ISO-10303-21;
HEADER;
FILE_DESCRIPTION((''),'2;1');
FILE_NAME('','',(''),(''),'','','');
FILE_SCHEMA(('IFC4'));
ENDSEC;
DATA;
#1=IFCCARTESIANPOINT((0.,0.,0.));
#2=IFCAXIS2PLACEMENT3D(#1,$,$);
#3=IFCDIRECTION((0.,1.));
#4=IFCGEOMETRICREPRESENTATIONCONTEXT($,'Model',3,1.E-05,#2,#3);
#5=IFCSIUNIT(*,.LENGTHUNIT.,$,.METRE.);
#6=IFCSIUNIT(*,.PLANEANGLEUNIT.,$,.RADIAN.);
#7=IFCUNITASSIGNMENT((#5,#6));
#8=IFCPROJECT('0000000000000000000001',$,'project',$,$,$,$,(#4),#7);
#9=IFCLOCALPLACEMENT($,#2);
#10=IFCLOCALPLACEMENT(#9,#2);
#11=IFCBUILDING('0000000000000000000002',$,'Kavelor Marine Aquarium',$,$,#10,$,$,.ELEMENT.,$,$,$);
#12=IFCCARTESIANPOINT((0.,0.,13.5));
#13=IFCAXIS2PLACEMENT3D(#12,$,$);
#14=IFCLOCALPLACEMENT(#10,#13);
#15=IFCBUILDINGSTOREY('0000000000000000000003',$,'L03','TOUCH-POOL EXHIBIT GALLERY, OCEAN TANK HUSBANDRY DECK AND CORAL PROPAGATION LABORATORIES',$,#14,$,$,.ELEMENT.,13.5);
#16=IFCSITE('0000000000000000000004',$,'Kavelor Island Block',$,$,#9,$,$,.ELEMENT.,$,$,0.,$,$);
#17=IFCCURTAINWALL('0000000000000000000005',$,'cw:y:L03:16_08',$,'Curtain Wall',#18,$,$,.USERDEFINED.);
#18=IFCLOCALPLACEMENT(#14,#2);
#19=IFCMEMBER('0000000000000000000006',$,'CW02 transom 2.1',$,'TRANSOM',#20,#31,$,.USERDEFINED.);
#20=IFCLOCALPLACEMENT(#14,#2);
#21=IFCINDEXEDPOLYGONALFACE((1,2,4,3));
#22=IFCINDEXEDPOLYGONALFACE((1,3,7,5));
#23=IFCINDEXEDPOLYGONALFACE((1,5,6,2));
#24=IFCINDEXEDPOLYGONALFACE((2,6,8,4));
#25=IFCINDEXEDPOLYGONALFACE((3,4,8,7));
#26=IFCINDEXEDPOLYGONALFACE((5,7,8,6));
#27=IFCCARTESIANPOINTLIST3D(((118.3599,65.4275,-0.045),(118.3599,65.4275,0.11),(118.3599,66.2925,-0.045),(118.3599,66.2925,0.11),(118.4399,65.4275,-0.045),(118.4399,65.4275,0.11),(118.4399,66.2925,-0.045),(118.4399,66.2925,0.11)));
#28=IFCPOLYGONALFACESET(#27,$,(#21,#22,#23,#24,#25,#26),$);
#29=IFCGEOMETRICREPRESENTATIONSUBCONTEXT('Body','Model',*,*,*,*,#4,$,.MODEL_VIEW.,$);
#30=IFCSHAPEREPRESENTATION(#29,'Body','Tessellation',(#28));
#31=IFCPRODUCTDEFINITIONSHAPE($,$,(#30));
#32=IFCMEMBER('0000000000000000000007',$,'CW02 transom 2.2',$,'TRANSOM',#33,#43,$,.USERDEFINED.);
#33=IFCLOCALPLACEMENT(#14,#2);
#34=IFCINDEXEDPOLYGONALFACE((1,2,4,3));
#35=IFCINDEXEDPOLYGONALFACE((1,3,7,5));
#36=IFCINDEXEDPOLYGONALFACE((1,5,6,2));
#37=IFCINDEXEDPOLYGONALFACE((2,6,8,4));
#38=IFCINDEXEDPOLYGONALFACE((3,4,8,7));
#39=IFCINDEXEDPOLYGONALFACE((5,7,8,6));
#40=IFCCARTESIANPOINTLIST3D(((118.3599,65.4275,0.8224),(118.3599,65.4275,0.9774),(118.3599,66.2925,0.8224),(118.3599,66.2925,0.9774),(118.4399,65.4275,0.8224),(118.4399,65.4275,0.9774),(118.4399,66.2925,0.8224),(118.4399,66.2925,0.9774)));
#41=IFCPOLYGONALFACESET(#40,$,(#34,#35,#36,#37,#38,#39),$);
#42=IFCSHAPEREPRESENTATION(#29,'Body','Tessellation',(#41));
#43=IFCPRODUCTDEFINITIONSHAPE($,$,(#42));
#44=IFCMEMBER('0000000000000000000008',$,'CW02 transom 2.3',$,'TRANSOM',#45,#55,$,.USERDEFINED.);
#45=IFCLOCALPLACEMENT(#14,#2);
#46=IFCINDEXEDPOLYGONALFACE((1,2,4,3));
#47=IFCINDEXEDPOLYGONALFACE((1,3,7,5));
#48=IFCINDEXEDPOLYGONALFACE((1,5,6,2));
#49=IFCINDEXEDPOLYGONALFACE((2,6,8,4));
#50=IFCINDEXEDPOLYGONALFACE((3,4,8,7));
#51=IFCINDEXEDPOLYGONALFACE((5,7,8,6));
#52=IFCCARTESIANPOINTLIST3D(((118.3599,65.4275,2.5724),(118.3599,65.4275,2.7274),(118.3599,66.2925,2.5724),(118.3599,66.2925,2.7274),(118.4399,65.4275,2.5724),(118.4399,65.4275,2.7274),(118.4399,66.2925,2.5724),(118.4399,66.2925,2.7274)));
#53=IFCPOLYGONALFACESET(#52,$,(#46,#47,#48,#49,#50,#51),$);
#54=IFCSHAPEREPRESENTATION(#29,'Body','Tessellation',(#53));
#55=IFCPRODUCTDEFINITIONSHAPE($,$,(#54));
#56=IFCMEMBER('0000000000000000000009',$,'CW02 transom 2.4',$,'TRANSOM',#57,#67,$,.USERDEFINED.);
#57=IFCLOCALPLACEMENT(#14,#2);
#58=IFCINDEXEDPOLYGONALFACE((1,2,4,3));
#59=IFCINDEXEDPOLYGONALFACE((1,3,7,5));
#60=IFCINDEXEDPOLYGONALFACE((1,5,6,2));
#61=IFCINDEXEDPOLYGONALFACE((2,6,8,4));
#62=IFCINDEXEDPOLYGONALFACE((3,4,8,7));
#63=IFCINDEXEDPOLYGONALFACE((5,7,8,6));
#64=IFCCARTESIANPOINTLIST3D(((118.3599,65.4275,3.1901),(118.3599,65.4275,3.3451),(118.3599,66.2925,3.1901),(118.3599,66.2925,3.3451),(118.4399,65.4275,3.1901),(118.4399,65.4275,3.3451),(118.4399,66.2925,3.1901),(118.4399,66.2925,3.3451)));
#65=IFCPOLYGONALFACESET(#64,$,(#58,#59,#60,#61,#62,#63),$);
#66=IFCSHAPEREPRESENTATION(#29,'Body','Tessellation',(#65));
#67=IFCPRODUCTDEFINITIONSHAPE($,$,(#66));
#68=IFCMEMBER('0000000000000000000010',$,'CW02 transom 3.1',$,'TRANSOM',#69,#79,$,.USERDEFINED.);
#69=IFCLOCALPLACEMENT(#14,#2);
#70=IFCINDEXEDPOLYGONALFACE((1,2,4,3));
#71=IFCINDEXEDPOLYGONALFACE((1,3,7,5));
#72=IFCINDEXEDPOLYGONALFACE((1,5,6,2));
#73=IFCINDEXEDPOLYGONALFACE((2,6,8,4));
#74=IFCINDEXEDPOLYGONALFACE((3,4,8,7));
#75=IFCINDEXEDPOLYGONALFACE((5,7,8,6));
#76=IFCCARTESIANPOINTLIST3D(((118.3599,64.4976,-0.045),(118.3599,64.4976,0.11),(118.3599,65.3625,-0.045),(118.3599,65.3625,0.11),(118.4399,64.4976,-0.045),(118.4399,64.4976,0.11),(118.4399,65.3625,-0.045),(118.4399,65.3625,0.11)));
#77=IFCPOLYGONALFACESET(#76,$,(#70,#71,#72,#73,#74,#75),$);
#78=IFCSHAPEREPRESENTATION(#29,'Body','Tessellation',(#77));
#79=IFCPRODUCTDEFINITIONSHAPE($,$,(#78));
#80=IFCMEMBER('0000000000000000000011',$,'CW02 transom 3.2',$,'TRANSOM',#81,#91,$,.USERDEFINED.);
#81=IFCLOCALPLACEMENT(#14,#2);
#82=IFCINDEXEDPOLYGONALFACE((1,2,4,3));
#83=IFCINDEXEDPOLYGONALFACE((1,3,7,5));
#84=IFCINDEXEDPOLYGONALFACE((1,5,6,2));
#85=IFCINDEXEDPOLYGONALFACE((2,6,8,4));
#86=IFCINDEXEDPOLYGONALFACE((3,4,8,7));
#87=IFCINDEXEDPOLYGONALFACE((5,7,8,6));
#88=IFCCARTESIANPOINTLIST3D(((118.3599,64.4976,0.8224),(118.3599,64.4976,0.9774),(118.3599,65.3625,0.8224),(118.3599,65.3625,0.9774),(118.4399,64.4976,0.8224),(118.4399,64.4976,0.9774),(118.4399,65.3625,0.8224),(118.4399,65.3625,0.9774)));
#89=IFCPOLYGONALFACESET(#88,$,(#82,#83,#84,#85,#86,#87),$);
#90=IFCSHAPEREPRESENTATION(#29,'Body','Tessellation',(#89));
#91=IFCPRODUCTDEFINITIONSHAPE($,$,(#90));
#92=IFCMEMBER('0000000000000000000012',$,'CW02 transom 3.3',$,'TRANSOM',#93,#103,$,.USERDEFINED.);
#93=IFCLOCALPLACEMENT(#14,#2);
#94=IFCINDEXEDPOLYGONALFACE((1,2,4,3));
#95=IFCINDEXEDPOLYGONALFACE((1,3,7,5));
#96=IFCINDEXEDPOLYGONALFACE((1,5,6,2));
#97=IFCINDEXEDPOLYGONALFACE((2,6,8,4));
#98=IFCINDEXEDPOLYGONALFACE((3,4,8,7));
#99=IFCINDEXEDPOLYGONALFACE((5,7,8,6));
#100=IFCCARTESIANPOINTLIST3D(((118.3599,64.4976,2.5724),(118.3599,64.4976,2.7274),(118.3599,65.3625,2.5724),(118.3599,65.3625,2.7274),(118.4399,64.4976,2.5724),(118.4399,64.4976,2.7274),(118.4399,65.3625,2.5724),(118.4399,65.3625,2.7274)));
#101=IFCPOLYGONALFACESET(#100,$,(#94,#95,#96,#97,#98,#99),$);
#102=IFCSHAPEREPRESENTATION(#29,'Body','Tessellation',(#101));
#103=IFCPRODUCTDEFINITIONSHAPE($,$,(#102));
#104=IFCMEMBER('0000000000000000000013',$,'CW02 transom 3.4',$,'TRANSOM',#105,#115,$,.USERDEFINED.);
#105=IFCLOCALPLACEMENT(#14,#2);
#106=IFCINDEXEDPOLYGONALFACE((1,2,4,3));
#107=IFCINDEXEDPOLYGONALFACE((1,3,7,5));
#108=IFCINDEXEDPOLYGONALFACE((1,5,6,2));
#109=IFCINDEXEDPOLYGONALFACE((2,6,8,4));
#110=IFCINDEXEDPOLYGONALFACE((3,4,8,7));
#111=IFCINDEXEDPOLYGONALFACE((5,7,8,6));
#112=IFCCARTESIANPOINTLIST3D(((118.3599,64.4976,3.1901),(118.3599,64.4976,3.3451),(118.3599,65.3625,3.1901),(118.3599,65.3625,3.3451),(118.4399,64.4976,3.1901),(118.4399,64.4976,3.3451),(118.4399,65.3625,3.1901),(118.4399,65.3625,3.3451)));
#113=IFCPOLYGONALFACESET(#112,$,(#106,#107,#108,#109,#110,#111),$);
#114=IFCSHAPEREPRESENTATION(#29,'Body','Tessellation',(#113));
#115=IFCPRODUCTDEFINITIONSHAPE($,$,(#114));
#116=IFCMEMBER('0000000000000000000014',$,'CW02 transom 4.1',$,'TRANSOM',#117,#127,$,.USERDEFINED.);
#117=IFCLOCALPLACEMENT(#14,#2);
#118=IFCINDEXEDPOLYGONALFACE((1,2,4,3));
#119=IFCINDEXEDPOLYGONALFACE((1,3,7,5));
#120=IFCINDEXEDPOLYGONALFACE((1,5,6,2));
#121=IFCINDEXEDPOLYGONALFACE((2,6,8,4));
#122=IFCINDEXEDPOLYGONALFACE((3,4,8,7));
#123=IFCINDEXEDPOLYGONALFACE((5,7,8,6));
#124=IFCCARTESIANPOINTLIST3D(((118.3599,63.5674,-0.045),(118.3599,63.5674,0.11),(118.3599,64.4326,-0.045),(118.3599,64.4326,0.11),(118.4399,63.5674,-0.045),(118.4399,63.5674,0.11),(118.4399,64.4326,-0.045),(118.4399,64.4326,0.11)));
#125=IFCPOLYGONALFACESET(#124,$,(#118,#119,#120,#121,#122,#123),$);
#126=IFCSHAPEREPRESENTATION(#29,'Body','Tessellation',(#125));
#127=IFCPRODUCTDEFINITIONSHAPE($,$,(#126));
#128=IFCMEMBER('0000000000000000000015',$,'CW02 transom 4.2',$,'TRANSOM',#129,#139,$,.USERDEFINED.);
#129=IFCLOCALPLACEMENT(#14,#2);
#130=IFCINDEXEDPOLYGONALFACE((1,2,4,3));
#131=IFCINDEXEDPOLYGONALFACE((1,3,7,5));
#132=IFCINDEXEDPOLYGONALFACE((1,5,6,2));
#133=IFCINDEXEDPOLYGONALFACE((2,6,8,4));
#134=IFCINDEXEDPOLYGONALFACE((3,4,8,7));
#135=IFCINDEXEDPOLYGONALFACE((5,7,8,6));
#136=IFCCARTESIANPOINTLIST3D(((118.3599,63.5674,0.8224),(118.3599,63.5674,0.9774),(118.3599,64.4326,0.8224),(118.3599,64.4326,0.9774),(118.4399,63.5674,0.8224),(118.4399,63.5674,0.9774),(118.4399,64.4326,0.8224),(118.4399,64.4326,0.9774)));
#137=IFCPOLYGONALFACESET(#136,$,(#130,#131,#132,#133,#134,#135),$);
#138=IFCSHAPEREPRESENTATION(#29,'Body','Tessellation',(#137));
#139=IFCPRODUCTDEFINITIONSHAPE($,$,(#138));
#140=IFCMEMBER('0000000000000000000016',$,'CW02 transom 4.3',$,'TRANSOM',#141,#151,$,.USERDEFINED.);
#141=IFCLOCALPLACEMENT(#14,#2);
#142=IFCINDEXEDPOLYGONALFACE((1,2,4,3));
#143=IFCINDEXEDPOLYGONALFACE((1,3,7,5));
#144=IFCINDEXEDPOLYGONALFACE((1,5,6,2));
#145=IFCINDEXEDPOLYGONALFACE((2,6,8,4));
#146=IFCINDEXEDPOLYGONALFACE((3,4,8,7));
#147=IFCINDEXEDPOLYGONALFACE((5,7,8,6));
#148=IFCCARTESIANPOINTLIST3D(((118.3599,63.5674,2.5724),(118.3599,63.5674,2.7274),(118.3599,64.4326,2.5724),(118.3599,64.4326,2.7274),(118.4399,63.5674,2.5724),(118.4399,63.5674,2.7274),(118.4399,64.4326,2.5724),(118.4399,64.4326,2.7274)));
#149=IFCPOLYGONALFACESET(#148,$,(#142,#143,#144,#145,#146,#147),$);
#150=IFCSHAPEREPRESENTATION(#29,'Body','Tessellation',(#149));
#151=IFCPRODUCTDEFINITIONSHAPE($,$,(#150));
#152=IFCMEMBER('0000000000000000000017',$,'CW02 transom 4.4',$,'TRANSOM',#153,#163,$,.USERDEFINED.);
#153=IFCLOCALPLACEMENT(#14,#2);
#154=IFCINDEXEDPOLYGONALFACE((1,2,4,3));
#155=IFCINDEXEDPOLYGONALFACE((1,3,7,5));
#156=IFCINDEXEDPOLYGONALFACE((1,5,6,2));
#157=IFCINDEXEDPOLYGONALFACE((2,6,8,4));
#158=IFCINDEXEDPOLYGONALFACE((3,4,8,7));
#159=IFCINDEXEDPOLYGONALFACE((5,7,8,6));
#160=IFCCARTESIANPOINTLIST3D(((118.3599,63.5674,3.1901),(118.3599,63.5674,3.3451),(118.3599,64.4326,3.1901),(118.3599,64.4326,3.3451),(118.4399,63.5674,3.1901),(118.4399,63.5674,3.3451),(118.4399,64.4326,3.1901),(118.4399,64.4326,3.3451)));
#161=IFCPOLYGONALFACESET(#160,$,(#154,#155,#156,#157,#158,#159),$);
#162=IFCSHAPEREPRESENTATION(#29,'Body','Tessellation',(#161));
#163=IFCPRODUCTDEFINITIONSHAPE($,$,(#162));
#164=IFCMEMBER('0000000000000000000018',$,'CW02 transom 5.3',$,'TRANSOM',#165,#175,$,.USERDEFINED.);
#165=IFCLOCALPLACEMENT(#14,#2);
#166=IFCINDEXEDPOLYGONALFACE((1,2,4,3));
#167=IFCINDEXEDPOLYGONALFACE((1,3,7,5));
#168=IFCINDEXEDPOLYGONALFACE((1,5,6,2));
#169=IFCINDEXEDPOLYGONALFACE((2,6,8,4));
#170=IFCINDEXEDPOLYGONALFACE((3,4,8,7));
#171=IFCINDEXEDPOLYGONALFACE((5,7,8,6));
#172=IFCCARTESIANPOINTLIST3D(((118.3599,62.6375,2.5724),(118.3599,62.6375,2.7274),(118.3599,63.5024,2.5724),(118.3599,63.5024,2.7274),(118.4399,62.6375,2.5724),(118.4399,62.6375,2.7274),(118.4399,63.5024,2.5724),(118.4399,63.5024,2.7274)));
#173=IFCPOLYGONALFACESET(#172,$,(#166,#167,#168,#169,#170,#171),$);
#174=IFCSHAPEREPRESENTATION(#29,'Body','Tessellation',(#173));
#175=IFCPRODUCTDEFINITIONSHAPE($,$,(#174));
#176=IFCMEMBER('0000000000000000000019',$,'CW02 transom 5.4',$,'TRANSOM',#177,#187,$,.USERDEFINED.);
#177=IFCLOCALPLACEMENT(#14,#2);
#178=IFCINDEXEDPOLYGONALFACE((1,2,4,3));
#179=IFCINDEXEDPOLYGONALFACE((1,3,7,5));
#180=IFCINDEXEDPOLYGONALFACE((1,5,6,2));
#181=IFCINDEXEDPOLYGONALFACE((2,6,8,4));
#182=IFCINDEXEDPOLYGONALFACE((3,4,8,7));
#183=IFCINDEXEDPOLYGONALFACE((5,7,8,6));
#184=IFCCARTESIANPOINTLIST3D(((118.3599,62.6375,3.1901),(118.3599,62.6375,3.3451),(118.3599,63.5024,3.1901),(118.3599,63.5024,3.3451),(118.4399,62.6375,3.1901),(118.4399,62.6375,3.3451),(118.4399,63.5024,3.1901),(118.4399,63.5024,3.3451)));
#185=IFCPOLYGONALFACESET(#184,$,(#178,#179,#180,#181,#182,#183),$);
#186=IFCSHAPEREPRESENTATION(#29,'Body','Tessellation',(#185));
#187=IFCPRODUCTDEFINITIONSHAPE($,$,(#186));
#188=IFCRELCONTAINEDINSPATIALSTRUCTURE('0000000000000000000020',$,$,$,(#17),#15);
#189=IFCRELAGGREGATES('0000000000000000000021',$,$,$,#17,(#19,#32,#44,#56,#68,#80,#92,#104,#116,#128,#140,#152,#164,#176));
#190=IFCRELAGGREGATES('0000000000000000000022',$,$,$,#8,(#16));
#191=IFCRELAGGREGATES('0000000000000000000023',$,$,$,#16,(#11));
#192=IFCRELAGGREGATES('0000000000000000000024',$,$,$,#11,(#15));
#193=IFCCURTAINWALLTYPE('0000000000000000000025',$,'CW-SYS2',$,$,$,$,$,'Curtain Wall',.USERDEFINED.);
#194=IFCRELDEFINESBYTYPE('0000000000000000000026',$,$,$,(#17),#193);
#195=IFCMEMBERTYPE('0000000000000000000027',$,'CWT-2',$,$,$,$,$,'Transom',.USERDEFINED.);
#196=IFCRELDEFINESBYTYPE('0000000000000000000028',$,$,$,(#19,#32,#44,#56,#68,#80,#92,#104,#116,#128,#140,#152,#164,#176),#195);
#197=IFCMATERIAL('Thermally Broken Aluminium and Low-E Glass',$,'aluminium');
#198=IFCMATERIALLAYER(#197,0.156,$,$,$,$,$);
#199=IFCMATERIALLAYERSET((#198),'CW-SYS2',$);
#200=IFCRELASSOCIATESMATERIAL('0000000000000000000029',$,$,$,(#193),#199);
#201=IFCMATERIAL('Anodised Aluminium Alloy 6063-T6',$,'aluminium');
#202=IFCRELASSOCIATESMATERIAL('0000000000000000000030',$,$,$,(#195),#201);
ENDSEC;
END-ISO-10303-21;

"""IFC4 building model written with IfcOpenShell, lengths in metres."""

from ifc_helpers import new_model, si_unit, direction, frame, origin, origin_2d, place, context, subcontext, project, spatial, rectangle, extrude, material, layer, layer_set, material_profile, profile_set, type_object, element, aggregate, save


model = new_model("IFC4")

# Units and contexts
model_context = context("Model", 3, precision=1e-05, world=origin(), true_north=direction((0.0, 1.0)))
body_context = subcontext(model_context, "Body", "Model", "MODEL_VIEW")
ifc_project = project(units=[si_unit("LENGTHUNIT", "METRE"), si_unit("PLANEANGLEUNIT", "RADIAN")], contexts=[model_context])

# Site, building, storey
site_placement = place(None, origin())
site = spatial("IfcSite", under=ifc_project, at=site_placement, Name="Kavelor Island Block", CompositionType="ELEMENT", RefElevation=0.0)
building_placement = place(site_placement, origin())
building = spatial("IfcBuilding", under=site, at=building_placement, Name="Kavelor Marine Aquarium", CompositionType="ELEMENT")
storey_placement = place(building_placement, frame((0.0, 0.0, 13.5)))
storey = spatial("IfcBuildingStorey", under=building, at=storey_placement, Name="L03", Description="TOUCH-POOL EXHIBIT GALLERY, OCEAN TANK HUSBANDRY DECK AND CORAL PROPAGATION LABORATORIES", CompositionType="ELEMENT", Elevation=13.5)

# Curtain wall
ifc_material_1 = material(Name="Thermally Broken Aluminium and Low-E Glass", Category="aluminium")
ifc_layer_1 = layer(ifc_material_1, 0.156)
ifc_layer_set_1 = layer_set([ifc_layer_1], Name="CW-SYS2")
curtain_wall_type_1 = type_object("IfcCurtainWallType", Name="CW-SYS2", ElementType="Curtain Wall", PredefinedType="USERDEFINED", material=ifc_layer_set_1)
curtain_wall_1_placement = place(storey_placement, origin())
curtain_wall_1 = element("IfcCurtainWall", 1, at=curtain_wall_1_placement, inside=storey, type_object=curtain_wall_type_1, Name="cw:y:L03:16_08", ObjectType="Curtain Wall", PredefinedType="USERDEFINED")

# Members
ifc_material_2 = material(Name="Anodised Aluminium Alloy 6063-T6", Category="aluminium")
ifc_material_profile_1 = material_profile(ifc_material_2, rectangle(XDim=0.0801, YDim=0.155, at=origin_2d()), Name="CW-TRN 80x155")
ifc_profile_set_1 = profile_set([ifc_material_profile_1], Name="Anodised Aluminium Alloy 6063-T6")
member_type_1 = type_object("IfcMemberType", Name="CWT-2", ElementType="Transom", PredefinedType="USERDEFINED", material=ifc_profile_set_1)
member_1_placement = place(storey_placement, frame((118.3999, 66.2925, 0.0325), z_axis=(0.0, -1.0, 0.0), x_axis=(1.0, 0.0, 0.0)))
member_1 = element("IfcMember", 2, at=member_1_placement, type_object=member_type_1, Name="CW02 transom 2.1", ObjectType="TRANSOM", PredefinedType="USERDEFINED", context=body_context, shape_type="SweptSolid", body=[
    extrude(rectangle(XDim=0.0801, YDim=0.155, at=origin_2d()), origin(), (0.0, 0.0, 1.0), 0.865),
])
member_2_placement = place(storey_placement, frame((118.3999, 66.2925, 0.8999), z_axis=(0.0, -1.0, 0.0), x_axis=(1.0, 0.0, 0.0)))
member_2 = element("IfcMember", 3, at=member_2_placement, type_object=member_type_1, Name="CW02 transom 2.2", ObjectType="TRANSOM", PredefinedType="USERDEFINED", context=body_context, shape_type="SweptSolid", body=[
    extrude(rectangle(XDim=0.0801, YDim=0.155, at=origin_2d()), origin(), (0.0, 0.0, 1.0), 0.865),
])
member_3_placement = place(storey_placement, frame((118.3999, 66.2925, 2.6499), z_axis=(0.0, -1.0, 0.0), x_axis=(1.0, 0.0, 0.0)))
member_3 = element("IfcMember", 4, at=member_3_placement, type_object=member_type_1, Name="CW02 transom 2.3", ObjectType="TRANSOM", PredefinedType="USERDEFINED", context=body_context, shape_type="SweptSolid", body=[
    extrude(rectangle(XDim=0.0801, YDim=0.155, at=origin_2d()), origin(), (0.0, 0.0, 1.0), 0.865),
])
member_4_placement = place(storey_placement, frame((118.3999, 66.2925, 3.2676), z_axis=(0.0, -1.0, 0.0), x_axis=(1.0, 0.0, 0.0)))
member_4 = element("IfcMember", 5, at=member_4_placement, type_object=member_type_1, Name="CW02 transom 2.4", ObjectType="TRANSOM", PredefinedType="USERDEFINED", context=body_context, shape_type="SweptSolid", body=[
    extrude(rectangle(XDim=0.0801, YDim=0.155, at=origin_2d()), origin(), (0.0, 0.0, 1.0), 0.865),
])
member_5_placement = place(storey_placement, frame((118.3999, 65.3625, 0.0325), z_axis=(0.0, -1.0, 0.0), x_axis=(1.0, 0.0, 0.0)))
member_5 = element("IfcMember", 6, at=member_5_placement, type_object=member_type_1, Name="CW02 transom 3.1", ObjectType="TRANSOM", PredefinedType="USERDEFINED", context=body_context, shape_type="SweptSolid", body=[
    extrude(rectangle(XDim=0.0801, YDim=0.155, at=origin_2d()), origin(), (0.0, 0.0, 1.0), 0.865),
])
member_6_placement = place(storey_placement, frame((118.3999, 65.3625, 0.8999), z_axis=(0.0, -1.0, 0.0), x_axis=(1.0, 0.0, 0.0)))
member_6 = element("IfcMember", 7, at=member_6_placement, type_object=member_type_1, Name="CW02 transom 3.2", ObjectType="TRANSOM", PredefinedType="USERDEFINED", context=body_context, shape_type="SweptSolid", body=[
    extrude(rectangle(XDim=0.0801, YDim=0.155, at=origin_2d()), origin(), (0.0, 0.0, 1.0), 0.865),
])
member_7_placement = place(storey_placement, frame((118.3999, 65.3625, 2.6499), z_axis=(0.0, -1.0, 0.0), x_axis=(1.0, 0.0, 0.0)))
member_7 = element("IfcMember", 8, at=member_7_placement, type_object=member_type_1, Name="CW02 transom 3.3", ObjectType="TRANSOM", PredefinedType="USERDEFINED", context=body_context, shape_type="SweptSolid", body=[
    extrude(rectangle(XDim=0.0801, YDim=0.155, at=origin_2d()), origin(), (0.0, 0.0, 1.0), 0.865),
])
member_8_placement = place(storey_placement, frame((118.3999, 65.3625, 3.2676), z_axis=(0.0, -1.0, 0.0), x_axis=(1.0, 0.0, 0.0)))
member_8 = element("IfcMember", 9, at=member_8_placement, type_object=member_type_1, Name="CW02 transom 3.4", ObjectType="TRANSOM", PredefinedType="USERDEFINED", context=body_context, shape_type="SweptSolid", body=[
    extrude(rectangle(XDim=0.0801, YDim=0.155, at=origin_2d()), origin(), (0.0, 0.0, 1.0), 0.865),
])
member_9_placement = place(storey_placement, frame((118.3999, 64.4326, 0.0325), z_axis=(0.0, -1.0, 0.0), x_axis=(1.0, 0.0, 0.0)))
member_9 = element("IfcMember", 10, at=member_9_placement, type_object=member_type_1, Name="CW02 transom 4.1", ObjectType="TRANSOM", PredefinedType="USERDEFINED", context=body_context, shape_type="SweptSolid", body=[
    extrude(rectangle(XDim=0.0801, YDim=0.155, at=origin_2d()), origin(), (0.0, 0.0, 1.0), 0.8652),
])
member_10_placement = place(storey_placement, frame((118.3999, 64.4326, 0.8999), z_axis=(0.0, -1.0, 0.0), x_axis=(1.0, 0.0, 0.0)))
member_10 = element("IfcMember", 11, at=member_10_placement, type_object=member_type_1, Name="CW02 transom 4.2", ObjectType="TRANSOM", PredefinedType="USERDEFINED", context=body_context, shape_type="SweptSolid", body=[
    extrude(rectangle(XDim=0.0801, YDim=0.155, at=origin_2d()), origin(), (0.0, 0.0, 1.0), 0.8652),
])
member_11_placement = place(storey_placement, frame((118.3999, 64.4326, 2.6499), z_axis=(0.0, -1.0, 0.0), x_axis=(1.0, 0.0, 0.0)))
member_11 = element("IfcMember", 12, at=member_11_placement, type_object=member_type_1, Name="CW02 transom 4.3", ObjectType="TRANSOM", PredefinedType="USERDEFINED", context=body_context, shape_type="SweptSolid", body=[
    extrude(rectangle(XDim=0.0801, YDim=0.155, at=origin_2d()), origin(), (0.0, 0.0, 1.0), 0.8652),
])
member_12_placement = place(storey_placement, frame((118.3999, 64.4326, 3.2676), z_axis=(0.0, -1.0, 0.0), x_axis=(1.0, 0.0, 0.0)))
member_12 = element("IfcMember", 13, at=member_12_placement, type_object=member_type_1, Name="CW02 transom 4.4", ObjectType="TRANSOM", PredefinedType="USERDEFINED", context=body_context, shape_type="SweptSolid", body=[
    extrude(rectangle(XDim=0.0801, YDim=0.155, at=origin_2d()), origin(), (0.0, 0.0, 1.0), 0.8652),
])
member_13_placement = place(storey_placement, frame((118.3999, 63.5024, 2.6499), z_axis=(0.0, -1.0, 0.0), x_axis=(1.0, 0.0, 0.0)))
member_13 = element("IfcMember", 14, at=member_13_placement, type_object=member_type_1, Name="CW02 transom 5.3", ObjectType="TRANSOM", PredefinedType="USERDEFINED", context=body_context, shape_type="SweptSolid", body=[
    extrude(rectangle(XDim=0.0801, YDim=0.155, at=origin_2d()), origin(), (0.0, 0.0, 1.0), 0.865),
])
member_14_placement = place(storey_placement, frame((118.3999, 63.5024, 3.2676), z_axis=(0.0, -1.0, 0.0), x_axis=(1.0, 0.0, 0.0)))
member_14 = element("IfcMember", 15, at=member_14_placement, type_object=member_type_1, Name="CW02 transom 5.4", ObjectType="TRANSOM", PredefinedType="USERDEFINED", context=body_context, shape_type="SweptSolid", body=[
    extrude(rectangle(XDim=0.0801, YDim=0.155, at=origin_2d()), origin(), (0.0, 0.0, 1.0), 0.865),
])

aggregate(curtain_wall_1, [member_1, member_2, member_3, member_4, member_5, member_6, member_7, member_8, member_9, member_10, member_11, member_12, member_13, member_14])

save(model, "model.ifc")
